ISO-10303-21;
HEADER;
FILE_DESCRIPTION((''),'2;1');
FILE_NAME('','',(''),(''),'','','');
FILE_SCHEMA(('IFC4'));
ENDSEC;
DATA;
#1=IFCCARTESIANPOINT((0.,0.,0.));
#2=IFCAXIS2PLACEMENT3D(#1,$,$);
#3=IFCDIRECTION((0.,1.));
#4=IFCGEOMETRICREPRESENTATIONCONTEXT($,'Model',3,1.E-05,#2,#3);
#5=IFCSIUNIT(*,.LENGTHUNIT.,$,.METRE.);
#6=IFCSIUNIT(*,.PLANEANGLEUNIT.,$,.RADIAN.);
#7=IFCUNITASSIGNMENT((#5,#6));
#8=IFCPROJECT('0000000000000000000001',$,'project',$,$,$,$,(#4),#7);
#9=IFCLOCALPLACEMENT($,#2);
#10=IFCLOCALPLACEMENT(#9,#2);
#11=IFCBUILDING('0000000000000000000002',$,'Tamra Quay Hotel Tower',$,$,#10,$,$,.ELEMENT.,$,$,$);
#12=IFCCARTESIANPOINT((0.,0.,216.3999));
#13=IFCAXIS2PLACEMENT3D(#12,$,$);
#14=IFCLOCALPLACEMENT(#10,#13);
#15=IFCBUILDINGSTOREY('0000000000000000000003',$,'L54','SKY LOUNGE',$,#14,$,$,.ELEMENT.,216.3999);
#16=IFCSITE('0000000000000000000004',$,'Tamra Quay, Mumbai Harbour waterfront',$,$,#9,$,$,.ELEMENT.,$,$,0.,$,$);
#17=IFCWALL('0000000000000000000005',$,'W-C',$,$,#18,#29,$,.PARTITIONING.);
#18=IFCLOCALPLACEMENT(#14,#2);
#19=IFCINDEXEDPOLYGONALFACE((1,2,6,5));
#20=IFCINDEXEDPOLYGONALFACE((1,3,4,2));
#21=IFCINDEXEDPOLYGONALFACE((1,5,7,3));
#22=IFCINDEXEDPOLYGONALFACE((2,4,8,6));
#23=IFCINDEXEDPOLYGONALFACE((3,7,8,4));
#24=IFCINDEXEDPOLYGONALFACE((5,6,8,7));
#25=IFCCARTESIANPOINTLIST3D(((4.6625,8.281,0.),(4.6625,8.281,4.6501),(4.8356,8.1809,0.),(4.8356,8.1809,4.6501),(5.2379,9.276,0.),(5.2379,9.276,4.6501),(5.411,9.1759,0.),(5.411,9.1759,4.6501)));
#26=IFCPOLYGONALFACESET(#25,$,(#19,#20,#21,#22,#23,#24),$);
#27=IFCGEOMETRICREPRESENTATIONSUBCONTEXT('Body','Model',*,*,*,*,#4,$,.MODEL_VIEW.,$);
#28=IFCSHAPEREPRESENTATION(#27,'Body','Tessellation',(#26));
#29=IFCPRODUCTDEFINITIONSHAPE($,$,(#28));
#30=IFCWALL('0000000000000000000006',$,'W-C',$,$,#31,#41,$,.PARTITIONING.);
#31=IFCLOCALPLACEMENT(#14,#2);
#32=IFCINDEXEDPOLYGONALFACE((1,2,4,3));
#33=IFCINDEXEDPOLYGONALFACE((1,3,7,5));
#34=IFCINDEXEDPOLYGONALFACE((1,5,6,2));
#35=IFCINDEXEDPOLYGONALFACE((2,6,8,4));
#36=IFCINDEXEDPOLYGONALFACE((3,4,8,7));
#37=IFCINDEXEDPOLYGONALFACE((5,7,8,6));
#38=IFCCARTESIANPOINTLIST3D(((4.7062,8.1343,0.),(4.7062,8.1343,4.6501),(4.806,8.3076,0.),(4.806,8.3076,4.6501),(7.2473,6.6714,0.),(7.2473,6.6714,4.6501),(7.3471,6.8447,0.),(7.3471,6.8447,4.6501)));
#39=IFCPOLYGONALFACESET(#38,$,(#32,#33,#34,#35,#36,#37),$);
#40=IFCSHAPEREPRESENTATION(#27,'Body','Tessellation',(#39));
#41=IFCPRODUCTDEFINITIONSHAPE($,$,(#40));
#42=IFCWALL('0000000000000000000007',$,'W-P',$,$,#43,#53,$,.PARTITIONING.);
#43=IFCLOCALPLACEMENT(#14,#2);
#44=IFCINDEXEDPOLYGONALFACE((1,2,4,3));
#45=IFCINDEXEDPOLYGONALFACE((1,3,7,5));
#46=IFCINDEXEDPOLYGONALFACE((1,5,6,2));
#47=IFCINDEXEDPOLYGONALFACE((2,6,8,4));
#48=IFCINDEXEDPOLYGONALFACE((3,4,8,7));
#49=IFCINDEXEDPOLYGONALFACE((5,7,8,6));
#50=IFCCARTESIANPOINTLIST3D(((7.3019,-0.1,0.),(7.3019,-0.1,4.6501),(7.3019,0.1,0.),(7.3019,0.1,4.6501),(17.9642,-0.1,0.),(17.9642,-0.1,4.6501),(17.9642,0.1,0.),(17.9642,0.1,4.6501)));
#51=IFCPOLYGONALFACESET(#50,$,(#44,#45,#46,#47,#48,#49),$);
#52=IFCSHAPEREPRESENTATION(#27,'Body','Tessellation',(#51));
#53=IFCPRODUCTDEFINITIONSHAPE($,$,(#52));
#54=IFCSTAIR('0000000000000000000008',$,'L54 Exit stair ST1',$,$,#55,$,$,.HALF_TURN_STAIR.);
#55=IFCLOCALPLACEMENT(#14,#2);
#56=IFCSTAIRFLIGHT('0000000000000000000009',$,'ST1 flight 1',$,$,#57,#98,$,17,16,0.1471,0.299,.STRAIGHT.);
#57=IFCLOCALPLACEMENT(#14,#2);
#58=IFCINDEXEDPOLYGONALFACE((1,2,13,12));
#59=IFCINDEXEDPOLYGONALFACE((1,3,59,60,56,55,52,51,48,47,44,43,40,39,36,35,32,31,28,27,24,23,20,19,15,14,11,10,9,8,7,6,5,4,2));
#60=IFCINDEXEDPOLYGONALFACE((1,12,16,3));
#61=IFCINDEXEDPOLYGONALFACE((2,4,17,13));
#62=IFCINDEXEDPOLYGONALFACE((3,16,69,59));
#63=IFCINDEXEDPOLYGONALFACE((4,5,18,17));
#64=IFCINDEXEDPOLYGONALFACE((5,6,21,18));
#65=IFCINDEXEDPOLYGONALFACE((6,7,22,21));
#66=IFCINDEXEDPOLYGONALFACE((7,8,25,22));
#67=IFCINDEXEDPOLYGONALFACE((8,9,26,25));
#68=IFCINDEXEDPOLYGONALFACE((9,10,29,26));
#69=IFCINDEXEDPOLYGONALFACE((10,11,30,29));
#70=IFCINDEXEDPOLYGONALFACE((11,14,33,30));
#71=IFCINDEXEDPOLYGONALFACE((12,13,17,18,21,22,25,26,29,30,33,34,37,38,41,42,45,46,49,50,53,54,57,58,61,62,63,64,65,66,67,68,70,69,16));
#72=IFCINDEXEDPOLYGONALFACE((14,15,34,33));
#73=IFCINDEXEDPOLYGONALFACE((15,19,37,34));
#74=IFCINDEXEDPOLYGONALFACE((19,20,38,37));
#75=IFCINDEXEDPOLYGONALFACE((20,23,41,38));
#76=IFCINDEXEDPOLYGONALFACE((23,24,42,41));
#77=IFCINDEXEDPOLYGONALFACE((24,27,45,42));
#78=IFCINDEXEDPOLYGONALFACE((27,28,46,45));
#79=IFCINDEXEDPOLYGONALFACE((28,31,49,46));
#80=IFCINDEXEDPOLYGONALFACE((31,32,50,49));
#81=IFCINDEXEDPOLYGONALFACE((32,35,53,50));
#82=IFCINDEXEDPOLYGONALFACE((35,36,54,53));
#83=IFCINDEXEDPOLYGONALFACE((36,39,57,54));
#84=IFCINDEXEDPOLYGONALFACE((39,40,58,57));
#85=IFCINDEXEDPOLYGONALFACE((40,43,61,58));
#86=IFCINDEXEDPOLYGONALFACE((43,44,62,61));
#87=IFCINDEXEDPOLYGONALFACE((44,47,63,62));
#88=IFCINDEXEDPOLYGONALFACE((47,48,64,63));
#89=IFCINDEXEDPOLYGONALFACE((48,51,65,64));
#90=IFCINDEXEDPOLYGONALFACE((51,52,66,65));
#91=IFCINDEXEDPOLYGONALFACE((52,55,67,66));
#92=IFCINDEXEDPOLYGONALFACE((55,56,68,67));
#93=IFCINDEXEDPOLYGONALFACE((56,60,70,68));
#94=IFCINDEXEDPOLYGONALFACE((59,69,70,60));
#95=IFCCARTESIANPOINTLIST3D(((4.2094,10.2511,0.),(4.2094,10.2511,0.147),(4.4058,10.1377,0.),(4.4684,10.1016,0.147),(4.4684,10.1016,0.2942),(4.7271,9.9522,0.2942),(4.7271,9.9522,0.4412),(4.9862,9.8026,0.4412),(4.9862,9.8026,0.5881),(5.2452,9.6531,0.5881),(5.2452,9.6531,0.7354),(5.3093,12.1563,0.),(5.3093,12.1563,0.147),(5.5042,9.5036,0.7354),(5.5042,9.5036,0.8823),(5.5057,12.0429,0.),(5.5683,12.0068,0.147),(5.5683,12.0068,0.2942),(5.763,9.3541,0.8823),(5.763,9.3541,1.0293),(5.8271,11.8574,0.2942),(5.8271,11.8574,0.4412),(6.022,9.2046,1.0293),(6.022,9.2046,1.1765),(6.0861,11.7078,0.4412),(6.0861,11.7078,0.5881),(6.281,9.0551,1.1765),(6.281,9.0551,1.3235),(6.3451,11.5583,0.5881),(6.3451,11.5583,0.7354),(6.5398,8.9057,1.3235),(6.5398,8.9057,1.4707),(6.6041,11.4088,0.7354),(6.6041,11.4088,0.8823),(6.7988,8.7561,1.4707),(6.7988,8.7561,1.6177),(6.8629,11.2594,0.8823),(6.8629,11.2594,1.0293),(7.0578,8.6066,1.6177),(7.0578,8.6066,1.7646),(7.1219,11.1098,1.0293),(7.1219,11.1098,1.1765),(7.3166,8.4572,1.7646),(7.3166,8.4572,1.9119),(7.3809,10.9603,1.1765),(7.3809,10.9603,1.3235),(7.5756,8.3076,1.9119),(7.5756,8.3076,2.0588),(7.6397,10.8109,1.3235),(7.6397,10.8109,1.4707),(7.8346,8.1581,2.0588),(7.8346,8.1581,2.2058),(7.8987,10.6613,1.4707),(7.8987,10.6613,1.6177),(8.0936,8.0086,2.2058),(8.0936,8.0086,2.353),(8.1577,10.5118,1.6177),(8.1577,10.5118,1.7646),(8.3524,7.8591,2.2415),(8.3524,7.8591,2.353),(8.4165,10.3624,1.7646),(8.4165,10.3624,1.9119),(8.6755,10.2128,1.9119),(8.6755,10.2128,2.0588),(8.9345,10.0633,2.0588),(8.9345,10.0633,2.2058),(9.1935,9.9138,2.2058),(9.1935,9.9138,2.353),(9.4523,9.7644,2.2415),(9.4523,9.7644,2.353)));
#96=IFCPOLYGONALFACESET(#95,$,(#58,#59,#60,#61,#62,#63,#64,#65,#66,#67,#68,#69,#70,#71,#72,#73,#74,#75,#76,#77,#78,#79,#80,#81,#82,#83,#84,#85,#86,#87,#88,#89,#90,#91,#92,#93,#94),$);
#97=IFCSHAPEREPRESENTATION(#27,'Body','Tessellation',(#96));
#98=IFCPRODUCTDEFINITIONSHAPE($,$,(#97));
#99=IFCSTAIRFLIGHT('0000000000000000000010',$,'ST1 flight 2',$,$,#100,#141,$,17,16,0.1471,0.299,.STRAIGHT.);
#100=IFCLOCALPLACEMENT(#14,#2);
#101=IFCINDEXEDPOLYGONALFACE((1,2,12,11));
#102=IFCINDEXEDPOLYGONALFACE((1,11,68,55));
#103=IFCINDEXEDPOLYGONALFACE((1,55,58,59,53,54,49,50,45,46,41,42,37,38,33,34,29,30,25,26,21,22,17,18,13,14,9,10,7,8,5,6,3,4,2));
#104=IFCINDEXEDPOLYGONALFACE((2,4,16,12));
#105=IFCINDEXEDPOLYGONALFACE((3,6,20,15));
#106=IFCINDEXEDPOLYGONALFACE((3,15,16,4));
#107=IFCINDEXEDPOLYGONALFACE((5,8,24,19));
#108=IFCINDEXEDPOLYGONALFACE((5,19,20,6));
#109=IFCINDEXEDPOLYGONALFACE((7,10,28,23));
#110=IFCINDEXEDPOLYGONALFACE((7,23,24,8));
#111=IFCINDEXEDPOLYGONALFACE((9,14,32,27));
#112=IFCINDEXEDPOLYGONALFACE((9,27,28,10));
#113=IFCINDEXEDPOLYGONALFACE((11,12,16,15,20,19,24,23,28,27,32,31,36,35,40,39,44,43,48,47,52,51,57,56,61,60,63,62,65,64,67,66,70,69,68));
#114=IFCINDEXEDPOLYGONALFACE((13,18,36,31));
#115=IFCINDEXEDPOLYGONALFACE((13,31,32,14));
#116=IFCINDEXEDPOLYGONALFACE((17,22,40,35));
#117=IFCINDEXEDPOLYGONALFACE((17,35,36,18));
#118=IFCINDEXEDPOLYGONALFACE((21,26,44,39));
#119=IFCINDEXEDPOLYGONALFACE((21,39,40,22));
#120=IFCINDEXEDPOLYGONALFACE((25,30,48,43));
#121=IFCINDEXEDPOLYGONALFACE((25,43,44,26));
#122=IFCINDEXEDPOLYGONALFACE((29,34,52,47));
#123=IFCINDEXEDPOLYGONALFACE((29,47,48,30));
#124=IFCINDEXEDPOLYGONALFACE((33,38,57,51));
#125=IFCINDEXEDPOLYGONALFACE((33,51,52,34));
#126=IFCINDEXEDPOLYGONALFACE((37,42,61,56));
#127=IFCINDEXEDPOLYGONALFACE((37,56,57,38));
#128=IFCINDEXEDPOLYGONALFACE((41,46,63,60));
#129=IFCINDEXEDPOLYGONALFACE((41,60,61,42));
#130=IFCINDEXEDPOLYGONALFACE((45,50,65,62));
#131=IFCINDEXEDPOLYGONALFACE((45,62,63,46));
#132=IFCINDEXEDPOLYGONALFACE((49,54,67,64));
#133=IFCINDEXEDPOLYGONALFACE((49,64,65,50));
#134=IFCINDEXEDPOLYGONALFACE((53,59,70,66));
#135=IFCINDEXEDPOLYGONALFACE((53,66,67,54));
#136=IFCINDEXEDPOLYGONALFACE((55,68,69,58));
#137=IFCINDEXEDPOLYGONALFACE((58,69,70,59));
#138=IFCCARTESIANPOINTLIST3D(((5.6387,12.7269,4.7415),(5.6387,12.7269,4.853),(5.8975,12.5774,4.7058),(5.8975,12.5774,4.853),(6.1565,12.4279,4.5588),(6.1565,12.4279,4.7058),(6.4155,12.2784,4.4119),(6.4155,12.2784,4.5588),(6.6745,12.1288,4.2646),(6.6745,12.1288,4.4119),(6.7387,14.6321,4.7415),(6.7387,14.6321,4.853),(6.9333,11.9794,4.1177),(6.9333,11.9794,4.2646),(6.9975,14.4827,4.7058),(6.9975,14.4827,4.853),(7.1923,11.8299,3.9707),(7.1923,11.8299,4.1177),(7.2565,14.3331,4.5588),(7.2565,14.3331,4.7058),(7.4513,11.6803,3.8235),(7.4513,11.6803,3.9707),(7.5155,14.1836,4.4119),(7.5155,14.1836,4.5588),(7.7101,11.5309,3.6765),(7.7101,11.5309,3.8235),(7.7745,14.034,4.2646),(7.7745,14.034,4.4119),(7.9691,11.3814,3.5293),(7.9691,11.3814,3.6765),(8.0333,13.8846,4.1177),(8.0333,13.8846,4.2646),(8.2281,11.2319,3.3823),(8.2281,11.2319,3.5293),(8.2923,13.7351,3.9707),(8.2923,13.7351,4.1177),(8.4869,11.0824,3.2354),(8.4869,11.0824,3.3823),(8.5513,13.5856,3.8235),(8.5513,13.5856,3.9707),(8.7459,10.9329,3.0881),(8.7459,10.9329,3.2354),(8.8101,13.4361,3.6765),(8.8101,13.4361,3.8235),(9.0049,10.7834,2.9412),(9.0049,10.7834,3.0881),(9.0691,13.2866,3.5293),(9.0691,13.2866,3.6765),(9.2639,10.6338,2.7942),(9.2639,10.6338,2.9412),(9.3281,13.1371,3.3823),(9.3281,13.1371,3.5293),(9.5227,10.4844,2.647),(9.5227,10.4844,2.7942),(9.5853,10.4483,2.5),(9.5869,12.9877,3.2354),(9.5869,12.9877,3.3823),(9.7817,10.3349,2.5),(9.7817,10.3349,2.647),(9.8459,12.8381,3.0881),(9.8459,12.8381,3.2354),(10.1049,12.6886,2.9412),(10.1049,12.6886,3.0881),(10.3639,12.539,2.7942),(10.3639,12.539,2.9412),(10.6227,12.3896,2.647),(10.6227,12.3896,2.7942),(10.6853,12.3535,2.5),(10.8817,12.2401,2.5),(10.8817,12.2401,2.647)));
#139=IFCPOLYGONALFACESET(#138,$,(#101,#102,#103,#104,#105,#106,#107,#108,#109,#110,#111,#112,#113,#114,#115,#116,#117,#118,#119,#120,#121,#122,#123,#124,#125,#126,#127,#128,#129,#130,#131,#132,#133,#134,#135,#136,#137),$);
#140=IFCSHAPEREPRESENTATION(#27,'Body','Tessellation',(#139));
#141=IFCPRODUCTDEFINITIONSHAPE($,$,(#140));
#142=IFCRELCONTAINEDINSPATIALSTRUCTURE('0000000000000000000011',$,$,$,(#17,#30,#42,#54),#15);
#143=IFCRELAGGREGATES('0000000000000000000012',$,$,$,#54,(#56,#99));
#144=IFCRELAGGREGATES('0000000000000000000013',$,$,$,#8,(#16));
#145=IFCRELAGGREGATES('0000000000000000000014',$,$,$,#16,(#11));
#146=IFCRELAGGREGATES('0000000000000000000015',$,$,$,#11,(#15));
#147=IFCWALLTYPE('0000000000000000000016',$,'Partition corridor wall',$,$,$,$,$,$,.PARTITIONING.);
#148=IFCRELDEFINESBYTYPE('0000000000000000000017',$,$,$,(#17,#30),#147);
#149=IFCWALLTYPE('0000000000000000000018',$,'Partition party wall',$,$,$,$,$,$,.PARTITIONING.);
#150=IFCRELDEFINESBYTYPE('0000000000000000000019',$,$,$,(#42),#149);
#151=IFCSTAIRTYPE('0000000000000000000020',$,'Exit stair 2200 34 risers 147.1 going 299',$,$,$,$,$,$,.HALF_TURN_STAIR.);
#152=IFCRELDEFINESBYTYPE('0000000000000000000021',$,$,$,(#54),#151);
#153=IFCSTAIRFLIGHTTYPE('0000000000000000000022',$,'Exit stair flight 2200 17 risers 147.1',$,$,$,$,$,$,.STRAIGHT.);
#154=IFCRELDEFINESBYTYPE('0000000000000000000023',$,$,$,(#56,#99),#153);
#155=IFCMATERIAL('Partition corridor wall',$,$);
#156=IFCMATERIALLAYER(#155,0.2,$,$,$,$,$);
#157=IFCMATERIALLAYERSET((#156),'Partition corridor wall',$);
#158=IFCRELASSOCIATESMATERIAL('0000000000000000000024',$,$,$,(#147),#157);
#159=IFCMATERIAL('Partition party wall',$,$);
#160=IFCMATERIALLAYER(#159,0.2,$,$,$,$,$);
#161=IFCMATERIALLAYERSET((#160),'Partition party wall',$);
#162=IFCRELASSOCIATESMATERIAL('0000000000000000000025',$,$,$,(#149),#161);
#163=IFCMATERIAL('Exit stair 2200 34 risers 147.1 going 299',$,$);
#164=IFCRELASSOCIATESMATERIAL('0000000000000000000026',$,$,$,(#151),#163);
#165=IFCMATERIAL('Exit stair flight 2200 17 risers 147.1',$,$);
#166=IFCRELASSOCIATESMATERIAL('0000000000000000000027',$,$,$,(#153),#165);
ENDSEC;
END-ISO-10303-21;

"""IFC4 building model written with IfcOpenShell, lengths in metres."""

from ifc_helpers import new_model, si_unit, direction, frame, frame_2d, origin, place, context, subcontext, project, spatial, polyline, rectangle, outline, extrude, material, layer, layer_set, type_object, element, aggregate, save


model = new_model("IFC4")

# Units and contexts
model_context = context("Model", 3, precision=1e-05, world=origin(), true_north=direction((0.0, 1.0)))
body_context = subcontext(model_context, "Body", "Model", "MODEL_VIEW")
ifc_project = project(units=[si_unit("LENGTHUNIT", "METRE"), si_unit("PLANEANGLEUNIT", "RADIAN")], contexts=[model_context])

# Site, building, storey
site_placement = place(None, origin())
site = spatial("IfcSite", under=ifc_project, at=site_placement, Name="Tamra Quay, Mumbai Harbour waterfront", CompositionType="ELEMENT", RefElevation=0.0)
building_placement = place(site_placement, origin())
building = spatial("IfcBuilding", under=site, at=building_placement, Name="Tamra Quay Hotel Tower", CompositionType="ELEMENT")
storey_placement = place(building_placement, frame((0.0, 0.0, 216.3999)))
storey = spatial("IfcBuildingStorey", under=building, at=storey_placement, Name="L54", Description="SKY LOUNGE", CompositionType="ELEMENT", Elevation=216.3999)

# Walls
ifc_material_1 = material(Name="Partition corridor wall")
ifc_layer_1 = layer(ifc_material_1, 0.2)
ifc_layer_set_1 = layer_set([ifc_layer_1], Name="Partition corridor wall")
wall_type_1 = type_object("IfcWallType", Name="Partition corridor wall", PredefinedType="PARTITIONING", material=ifc_layer_set_1)
wall_1_placement = place(storey_placement, frame((4.749, 8.231, 0.0), z_axis=(0.0, 0.0, 1.0), x_axis=(0.500592, 0.865683, 0.0)))
element("IfcWall", 1, at=wall_1_placement, inside=storey, type_object=wall_type_1, Name="W-C", PredefinedType="PARTITIONING", context=body_context, shape_type="SweptSolid", body=[
    extrude(rectangle(XDim=1.1494, YDim=0.2, at=frame_2d((0.5747, 0.0))), origin(), (0.0, 0.0, 1.0), 4.6501),
])
wall_2_placement = place(storey_placement, frame((4.7561, 8.2209, 0.0), z_axis=(0.0, 0.0, 1.0), x_axis=(0.86664, -0.498934, 0.0)))
element("IfcWall", 2, at=wall_2_placement, inside=storey, type_object=wall_type_1, Name="W-C", PredefinedType="PARTITIONING", context=body_context, shape_type="SweptSolid", body=[
    extrude(rectangle(XDim=2.9321, YDim=0.2, at=frame_2d((1.4661, 0.0))), origin(), (0.0, 0.0, 1.0), 4.6501),
])
ifc_material_2 = material(Name="Partition party wall")
ifc_layer_2 = layer(ifc_material_2, 0.2)
ifc_layer_set_2 = layer_set([ifc_layer_2], Name="Partition party wall")
wall_type_2 = type_object("IfcWallType", Name="Partition party wall", PredefinedType="PARTITIONING", material=ifc_layer_set_2)
wall_3_placement = place(storey_placement, frame((7.302, 0.0, 0.0), z_axis=(0.0, 0.0, 1.0), x_axis=(1.0, 0.0, 0.0)))
element("IfcWall", 3, at=wall_3_placement, inside=storey, type_object=wall_type_2, Name="W-P", PredefinedType="PARTITIONING", context=body_context, shape_type="SweptSolid", body=[
    extrude(rectangle(XDim=10.6624, YDim=0.2, at=frame_2d((5.3311, 0.0))), origin(), (0.0, 0.0, 1.0), 4.6501),
])

# Stair, stair flights
ifc_material_3 = material(Name="Exit stair 2200 34 risers 147.1 going 299")
stair_type = type_object("IfcStairType", Name="Exit stair 2200 34 risers 147.1 going 299", PredefinedType="HALF_TURN_STAIR", material=ifc_material_3)
stair_placement = place(storey_placement, origin())
stair = element("IfcStair", 4, at=stair_placement, inside=storey, type_object=stair_type, Name="L54 Exit stair ST1", PredefinedType="HALF_TURN_STAIR")
ifc_material_4 = material(Name="Exit stair flight 2200 17 risers 147.1")
stair_flight_type = type_object("IfcStairFlightType", Name="Exit stair flight 2200 17 risers 147.1", PredefinedType="STRAIGHT", material=ifc_material_4)
stair_flight_1_placement = place(storey_placement, frame((4.7593, 11.2036, 0.0), z_axis=(0.0, 0.0, 1.0), x_axis=(0.866025, -0.5, 0.0)))
stair_flight_1 = element("IfcStairFlight", 5, at=stair_flight_1_placement, type_object=stair_flight_type, Name="ST1 flight 1", NumberOfRisers=17, NumberOfTreads=16, PredefinedType="STRAIGHT", RiserHeight=0.1471, TreadLength=0.299, context=body_context, shape_type="SweptSolid", body=[
    extrude(outline(polyline([(0.0, 0.0), (0.0, 0.147), (0.2991, 0.147), (0.2991, 0.2942), (0.5979, 0.2942), (0.5979, 0.4412), (0.897, 0.4412), (0.897, 0.5881), (1.196, 0.5881), (1.196, 0.7354), (1.4951, 0.7354), (1.4951, 0.8823), (1.7939, 0.8823), (1.7939, 1.0293), (2.093, 1.0293), (2.093, 1.1765), (2.3921, 1.1765), (2.3921, 1.3235), (2.6909, 1.3235), (2.6909, 1.4707), (2.99, 1.4707), (2.99, 1.6177), (3.2891, 1.6177), (3.2891, 1.7646), (3.5879, 1.7646), (3.5879, 1.9119), (3.887, 1.9119), (3.887, 2.0588), (4.186, 2.0588), (4.186, 2.2058), (4.4851, 2.2058), (4.4851, 2.353), (4.7839, 2.353), (4.7839, 2.5), (4.7839, 2.2415), (0.2268, 0.0), (0.0, 0.0)])), frame((0.0, 1.1001, 0.0), z_axis=(0.0, -1.0, 0.0), x_axis=(1.0, 0.0, 0.0)), (0.0, 0.0, 1.0), 2.2),
])
stair_flight_2_placement = place(storey_placement, frame((10.3318, 11.2876, 2.5), z_axis=(0.0, 0.0, 1.0), x_axis=(-0.866025, 0.5, 0.0)))
stair_flight_2 = element("IfcStairFlight", 6, at=stair_flight_2_placement, type_object=stair_flight_type, Name="ST1 flight 2", NumberOfRisers=17, NumberOfTreads=16, PredefinedType="STRAIGHT", RiserHeight=0.1471, TreadLength=0.299, context=body_context, shape_type="SweptSolid", body=[
    extrude(outline(polyline([(0.0, 0.0), (0.0, 0.147), (0.2991, 0.147), (0.2991, 0.2942), (0.5979, 0.2942), (0.5979, 0.4412), (0.897, 0.4412), (0.897, 0.5881), (1.196, 0.5881), (1.196, 0.7354), (1.4951, 0.7354), (1.4951, 0.8823), (1.7939, 0.8823), (1.7939, 1.0293), (2.093, 1.0293), (2.093, 1.1765), (2.3921, 1.1765), (2.3921, 1.3235), (2.6909, 1.3235), (2.6909, 1.4707), (2.99, 1.4707), (2.99, 1.6177), (3.2891, 1.6177), (3.2891, 1.7646), (3.5879, 1.7646), (3.5879, 1.9119), (3.887, 1.9119), (3.887, 2.0588), (4.186, 2.0588), (4.186, 2.2058), (4.4851, 2.2058), (4.4851, 2.353), (4.7839, 2.353), (4.7839, 2.5), (4.7839, 2.2415), (0.2268, 0.0), (0.0, 0.0)])), frame((0.0, 1.1001, 0.0), z_axis=(0.0, -1.0, 0.0), x_axis=(1.0, 0.0, 0.0)), (0.0, 0.0, 1.0), 2.2),
])
aggregate(stair, [stair_flight_1, stair_flight_2])

save(model, "model.ifc")
